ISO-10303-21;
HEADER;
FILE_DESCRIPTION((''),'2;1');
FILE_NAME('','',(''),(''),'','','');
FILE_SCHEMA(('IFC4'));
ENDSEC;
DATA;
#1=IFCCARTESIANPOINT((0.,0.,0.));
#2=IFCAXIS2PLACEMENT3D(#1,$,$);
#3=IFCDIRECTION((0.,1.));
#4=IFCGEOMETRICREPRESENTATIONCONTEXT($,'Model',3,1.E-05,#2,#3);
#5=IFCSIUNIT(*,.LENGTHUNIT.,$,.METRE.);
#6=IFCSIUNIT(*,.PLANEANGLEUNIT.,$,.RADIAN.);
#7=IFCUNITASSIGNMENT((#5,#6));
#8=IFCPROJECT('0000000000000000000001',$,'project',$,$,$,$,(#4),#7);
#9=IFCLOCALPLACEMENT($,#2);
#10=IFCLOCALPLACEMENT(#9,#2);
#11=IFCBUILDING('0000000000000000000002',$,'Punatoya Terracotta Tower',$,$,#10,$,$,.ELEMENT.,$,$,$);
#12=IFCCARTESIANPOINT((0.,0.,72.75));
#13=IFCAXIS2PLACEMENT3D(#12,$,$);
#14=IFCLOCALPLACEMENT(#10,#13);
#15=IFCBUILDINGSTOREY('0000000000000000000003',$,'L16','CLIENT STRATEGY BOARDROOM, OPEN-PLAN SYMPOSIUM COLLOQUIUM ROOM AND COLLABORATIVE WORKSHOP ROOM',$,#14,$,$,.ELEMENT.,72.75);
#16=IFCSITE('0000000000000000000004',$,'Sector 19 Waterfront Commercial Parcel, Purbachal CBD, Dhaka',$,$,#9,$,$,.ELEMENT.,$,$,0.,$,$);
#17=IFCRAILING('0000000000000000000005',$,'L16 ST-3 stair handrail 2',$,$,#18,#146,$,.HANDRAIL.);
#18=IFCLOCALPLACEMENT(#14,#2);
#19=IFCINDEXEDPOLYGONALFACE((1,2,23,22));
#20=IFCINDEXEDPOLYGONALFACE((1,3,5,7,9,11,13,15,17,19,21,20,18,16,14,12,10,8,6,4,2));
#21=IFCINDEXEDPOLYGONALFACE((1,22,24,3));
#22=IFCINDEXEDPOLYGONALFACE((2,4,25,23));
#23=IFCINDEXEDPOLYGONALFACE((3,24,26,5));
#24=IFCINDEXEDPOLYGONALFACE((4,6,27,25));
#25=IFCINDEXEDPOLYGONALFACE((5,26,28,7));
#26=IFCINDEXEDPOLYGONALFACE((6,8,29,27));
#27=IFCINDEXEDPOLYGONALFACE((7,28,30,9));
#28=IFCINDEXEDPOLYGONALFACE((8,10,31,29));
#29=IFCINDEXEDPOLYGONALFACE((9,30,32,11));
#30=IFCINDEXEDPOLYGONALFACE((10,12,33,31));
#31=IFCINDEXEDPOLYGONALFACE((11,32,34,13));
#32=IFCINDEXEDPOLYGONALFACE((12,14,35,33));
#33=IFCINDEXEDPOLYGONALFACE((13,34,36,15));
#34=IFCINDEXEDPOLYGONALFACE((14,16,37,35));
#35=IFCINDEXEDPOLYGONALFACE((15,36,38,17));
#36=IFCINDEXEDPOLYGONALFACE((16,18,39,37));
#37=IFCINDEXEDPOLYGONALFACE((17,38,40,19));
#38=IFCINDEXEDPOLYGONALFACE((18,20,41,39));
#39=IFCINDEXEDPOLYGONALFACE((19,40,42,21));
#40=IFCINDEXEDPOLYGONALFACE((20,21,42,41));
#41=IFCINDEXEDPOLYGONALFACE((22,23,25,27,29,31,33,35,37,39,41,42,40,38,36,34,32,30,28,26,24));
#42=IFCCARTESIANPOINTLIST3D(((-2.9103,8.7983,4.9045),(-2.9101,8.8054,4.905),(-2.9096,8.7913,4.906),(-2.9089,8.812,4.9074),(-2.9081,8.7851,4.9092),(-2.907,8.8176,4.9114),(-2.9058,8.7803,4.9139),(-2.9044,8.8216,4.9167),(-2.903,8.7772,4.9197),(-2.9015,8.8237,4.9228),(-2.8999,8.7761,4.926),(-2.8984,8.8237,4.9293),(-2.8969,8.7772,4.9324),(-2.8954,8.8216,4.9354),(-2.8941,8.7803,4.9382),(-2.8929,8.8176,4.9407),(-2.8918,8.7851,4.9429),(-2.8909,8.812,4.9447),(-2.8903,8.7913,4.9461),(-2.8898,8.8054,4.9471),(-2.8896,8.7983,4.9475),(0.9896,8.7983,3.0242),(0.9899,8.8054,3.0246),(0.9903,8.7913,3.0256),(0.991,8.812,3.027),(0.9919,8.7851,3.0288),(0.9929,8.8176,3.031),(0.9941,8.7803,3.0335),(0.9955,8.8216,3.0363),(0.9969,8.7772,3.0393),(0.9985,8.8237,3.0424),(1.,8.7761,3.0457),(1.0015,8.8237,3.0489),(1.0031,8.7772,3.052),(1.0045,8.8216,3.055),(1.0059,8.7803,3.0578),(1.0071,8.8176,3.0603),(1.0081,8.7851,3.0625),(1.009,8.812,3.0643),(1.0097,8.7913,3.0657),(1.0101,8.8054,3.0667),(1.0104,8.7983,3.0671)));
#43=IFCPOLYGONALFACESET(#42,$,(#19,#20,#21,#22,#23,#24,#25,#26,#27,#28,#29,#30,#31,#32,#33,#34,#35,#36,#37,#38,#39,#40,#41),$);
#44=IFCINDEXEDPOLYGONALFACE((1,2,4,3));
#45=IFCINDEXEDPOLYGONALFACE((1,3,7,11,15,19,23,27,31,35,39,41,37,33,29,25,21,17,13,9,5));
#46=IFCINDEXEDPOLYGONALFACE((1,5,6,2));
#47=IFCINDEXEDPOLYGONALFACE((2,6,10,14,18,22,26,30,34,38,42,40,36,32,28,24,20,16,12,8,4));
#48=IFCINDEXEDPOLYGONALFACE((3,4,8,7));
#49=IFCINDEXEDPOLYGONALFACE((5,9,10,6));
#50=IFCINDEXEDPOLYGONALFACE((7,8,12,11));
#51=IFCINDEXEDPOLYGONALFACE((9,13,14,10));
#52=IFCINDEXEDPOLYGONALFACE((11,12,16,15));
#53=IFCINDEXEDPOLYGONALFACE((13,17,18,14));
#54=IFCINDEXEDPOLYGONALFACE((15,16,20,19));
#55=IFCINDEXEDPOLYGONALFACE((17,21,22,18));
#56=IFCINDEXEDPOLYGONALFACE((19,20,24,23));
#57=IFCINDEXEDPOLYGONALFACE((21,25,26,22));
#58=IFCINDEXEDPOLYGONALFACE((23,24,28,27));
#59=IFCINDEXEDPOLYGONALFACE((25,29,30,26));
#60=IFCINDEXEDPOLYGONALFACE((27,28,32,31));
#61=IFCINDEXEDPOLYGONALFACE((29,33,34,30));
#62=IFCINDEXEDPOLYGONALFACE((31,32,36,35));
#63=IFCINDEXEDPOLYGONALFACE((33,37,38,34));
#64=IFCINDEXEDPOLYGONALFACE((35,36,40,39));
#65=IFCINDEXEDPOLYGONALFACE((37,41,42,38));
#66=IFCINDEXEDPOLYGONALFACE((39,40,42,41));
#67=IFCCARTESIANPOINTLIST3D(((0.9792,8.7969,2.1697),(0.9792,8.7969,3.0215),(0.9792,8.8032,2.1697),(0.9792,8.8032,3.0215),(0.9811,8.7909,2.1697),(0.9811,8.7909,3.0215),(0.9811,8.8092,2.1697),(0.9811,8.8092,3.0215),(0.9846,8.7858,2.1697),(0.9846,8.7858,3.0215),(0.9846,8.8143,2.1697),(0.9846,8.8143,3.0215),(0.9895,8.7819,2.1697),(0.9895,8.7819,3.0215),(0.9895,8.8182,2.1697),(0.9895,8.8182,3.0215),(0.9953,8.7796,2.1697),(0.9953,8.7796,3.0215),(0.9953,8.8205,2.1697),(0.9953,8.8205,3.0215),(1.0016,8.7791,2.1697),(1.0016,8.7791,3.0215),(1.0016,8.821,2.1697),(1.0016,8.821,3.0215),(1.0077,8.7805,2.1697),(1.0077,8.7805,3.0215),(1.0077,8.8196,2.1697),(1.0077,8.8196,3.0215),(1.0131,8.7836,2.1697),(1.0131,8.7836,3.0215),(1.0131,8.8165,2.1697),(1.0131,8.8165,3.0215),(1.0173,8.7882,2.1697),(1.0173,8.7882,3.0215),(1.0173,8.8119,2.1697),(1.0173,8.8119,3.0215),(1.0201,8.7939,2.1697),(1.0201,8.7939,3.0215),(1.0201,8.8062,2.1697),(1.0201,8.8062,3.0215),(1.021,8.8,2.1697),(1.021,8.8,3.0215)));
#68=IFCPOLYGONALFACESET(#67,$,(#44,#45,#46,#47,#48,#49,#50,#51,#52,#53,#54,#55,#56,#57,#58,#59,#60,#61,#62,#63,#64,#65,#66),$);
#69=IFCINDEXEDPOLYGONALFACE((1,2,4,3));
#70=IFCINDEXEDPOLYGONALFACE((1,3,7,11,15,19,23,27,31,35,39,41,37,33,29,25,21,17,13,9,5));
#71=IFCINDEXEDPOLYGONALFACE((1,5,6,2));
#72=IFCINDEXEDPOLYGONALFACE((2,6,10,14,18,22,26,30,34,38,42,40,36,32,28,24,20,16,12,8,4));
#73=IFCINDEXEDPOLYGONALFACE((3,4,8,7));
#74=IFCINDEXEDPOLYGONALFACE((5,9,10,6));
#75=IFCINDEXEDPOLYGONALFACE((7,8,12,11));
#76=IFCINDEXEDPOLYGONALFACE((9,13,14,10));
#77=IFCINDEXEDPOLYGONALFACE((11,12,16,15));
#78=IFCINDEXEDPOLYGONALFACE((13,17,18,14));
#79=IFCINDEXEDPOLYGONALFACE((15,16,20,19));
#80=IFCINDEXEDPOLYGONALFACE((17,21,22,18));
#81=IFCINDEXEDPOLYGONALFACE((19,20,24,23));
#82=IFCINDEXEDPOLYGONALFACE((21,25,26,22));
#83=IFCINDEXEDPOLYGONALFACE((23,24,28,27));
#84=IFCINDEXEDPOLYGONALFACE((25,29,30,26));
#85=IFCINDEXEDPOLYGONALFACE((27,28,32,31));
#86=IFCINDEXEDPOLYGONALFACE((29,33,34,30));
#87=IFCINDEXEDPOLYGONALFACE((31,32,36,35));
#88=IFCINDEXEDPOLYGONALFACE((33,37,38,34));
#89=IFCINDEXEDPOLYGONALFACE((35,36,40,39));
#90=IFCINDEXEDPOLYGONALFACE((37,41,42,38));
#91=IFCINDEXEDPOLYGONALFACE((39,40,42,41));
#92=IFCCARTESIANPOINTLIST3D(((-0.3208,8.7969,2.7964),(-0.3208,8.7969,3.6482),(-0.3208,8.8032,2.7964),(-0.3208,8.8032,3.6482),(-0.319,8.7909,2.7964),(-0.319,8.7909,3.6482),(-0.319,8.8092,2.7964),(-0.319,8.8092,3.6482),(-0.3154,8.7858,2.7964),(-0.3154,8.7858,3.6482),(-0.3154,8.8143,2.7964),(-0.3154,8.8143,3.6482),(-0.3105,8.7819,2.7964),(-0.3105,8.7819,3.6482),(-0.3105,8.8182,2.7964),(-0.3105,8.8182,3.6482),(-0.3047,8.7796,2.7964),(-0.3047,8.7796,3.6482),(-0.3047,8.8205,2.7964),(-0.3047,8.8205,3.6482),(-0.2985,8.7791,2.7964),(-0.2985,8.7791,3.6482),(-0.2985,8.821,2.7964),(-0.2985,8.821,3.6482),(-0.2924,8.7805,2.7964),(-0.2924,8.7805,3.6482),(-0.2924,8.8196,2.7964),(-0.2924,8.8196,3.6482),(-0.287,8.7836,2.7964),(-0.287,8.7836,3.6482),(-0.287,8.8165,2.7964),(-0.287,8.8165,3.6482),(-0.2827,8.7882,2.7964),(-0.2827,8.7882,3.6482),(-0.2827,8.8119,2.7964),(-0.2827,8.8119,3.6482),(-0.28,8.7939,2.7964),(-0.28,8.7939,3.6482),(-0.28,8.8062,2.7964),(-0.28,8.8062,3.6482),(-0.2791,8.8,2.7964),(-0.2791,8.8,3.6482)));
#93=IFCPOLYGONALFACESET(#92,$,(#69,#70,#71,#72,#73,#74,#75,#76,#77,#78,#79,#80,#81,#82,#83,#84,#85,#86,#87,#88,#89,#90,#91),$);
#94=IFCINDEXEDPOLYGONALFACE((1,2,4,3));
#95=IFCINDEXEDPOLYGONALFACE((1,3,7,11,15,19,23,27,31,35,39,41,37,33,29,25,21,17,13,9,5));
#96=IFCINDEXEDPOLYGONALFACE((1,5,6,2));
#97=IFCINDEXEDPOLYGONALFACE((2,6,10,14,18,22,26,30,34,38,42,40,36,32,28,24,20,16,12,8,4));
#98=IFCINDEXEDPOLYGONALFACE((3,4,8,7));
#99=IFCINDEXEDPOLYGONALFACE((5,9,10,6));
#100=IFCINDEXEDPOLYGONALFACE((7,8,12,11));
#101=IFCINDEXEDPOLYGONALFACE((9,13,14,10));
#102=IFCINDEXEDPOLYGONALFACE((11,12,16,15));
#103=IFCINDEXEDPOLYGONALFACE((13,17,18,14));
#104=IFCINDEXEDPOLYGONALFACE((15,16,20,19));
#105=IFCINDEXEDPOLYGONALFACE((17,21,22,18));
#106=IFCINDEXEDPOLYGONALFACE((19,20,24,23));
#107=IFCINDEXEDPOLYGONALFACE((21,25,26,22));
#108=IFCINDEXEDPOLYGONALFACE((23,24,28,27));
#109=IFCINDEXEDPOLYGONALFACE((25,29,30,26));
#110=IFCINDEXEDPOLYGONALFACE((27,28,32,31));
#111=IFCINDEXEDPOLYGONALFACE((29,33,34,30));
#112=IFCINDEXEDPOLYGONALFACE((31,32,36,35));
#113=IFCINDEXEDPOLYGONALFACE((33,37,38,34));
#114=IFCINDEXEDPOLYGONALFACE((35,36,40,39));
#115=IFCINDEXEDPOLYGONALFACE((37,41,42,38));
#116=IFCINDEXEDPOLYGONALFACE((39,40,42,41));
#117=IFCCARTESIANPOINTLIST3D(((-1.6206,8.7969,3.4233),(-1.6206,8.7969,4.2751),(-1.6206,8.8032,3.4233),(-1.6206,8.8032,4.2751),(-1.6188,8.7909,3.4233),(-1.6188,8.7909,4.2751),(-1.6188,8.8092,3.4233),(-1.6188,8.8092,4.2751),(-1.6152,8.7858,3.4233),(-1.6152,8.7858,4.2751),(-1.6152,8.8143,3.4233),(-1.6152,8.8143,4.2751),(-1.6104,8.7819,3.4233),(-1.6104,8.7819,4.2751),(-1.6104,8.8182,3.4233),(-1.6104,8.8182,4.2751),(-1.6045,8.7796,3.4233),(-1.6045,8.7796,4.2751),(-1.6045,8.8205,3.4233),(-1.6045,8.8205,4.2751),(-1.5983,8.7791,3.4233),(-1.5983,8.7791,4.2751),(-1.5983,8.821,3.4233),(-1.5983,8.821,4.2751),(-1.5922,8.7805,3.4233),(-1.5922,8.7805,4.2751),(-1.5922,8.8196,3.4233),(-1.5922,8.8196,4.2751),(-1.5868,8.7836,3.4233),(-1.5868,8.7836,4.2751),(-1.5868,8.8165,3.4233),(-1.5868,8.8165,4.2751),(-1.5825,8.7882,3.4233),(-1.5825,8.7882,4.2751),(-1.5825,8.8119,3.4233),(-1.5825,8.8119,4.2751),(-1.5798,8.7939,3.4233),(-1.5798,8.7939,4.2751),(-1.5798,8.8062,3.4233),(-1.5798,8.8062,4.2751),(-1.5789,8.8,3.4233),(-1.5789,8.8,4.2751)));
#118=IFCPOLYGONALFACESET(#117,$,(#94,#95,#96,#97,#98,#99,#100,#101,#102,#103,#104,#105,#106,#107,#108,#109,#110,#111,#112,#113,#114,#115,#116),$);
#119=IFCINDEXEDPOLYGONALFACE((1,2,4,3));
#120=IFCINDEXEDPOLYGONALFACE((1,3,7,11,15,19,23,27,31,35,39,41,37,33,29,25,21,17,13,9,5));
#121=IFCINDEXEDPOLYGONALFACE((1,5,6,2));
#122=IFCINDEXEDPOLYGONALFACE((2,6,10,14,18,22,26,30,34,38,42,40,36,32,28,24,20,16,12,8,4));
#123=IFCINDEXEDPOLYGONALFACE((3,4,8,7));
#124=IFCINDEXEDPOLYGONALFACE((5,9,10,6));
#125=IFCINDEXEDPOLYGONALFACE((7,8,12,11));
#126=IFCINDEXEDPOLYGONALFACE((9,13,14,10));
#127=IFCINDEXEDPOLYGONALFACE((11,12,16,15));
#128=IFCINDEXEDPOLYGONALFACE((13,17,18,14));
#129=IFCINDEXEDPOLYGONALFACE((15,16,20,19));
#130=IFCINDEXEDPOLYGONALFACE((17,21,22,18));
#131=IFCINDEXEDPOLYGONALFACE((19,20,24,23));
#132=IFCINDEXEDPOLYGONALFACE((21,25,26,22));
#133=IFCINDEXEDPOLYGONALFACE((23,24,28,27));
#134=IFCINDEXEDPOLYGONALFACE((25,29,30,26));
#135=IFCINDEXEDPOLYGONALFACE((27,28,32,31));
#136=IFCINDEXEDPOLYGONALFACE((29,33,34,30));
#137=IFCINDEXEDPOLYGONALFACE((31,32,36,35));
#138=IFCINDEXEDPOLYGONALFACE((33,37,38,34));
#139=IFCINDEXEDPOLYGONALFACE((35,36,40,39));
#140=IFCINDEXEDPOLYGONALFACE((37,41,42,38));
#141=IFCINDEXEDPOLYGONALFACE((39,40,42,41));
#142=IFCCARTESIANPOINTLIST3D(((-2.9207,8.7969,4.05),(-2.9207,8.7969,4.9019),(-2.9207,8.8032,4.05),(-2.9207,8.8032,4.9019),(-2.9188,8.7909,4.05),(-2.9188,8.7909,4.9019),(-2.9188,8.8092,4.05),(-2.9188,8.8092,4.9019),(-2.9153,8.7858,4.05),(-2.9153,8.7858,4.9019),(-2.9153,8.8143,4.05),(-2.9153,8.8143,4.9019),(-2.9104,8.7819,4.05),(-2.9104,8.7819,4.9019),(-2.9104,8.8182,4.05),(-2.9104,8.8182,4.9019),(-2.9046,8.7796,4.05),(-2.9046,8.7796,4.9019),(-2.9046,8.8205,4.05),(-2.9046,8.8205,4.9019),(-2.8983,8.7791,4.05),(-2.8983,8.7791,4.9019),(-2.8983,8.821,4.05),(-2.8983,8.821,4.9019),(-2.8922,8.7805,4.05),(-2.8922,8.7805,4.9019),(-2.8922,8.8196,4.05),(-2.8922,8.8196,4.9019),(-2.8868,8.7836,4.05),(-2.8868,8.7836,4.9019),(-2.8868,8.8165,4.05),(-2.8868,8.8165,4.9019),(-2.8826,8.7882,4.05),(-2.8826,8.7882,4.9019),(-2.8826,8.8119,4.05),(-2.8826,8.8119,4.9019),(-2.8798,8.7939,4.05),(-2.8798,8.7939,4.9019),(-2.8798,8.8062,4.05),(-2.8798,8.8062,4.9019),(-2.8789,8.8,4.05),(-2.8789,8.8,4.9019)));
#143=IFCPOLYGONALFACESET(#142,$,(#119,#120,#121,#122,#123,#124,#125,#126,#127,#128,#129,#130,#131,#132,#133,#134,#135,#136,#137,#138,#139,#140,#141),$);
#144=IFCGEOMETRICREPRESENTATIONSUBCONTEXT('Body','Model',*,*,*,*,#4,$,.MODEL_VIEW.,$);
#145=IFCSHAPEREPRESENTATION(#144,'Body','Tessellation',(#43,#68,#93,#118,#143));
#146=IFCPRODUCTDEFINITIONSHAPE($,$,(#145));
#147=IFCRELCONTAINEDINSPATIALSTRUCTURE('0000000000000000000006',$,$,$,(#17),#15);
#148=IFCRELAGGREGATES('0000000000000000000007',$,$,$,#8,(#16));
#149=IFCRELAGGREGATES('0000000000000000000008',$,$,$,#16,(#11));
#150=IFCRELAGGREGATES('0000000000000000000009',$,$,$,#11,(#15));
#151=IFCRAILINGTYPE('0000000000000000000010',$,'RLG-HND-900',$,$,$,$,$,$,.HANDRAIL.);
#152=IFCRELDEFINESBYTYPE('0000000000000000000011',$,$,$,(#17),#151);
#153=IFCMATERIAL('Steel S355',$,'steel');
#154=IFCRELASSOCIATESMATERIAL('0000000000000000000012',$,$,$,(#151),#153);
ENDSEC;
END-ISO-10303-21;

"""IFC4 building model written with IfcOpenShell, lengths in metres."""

from ifc_helpers import new_model, si_unit, direction, frame, origin, origin_2d, place, context, subcontext, project, spatial, circle, extrude, material, type_object, element, save


model = new_model("IFC4")

# Units and contexts
model_context = context("Model", 3, precision=1e-05, world=origin(), true_north=direction((0.0, 1.0)))
body_context = subcontext(model_context, "Body", "Model", "MODEL_VIEW")
ifc_project = project(units=[si_unit("LENGTHUNIT", "METRE"), si_unit("PLANEANGLEUNIT", "RADIAN")], contexts=[model_context])

# Site, building, storey
site_placement = place(None, origin())
site = spatial("IfcSite", under=ifc_project, at=site_placement, Name="Sector 19 Waterfront Commercial Parcel, Purbachal CBD, Dhaka", CompositionType="ELEMENT", RefElevation=0.0)
building_placement = place(site_placement, origin())
building = spatial("IfcBuilding", under=site, at=building_placement, Name="Punatoya Terracotta Tower", CompositionType="ELEMENT")
storey_placement = place(building_placement, frame((0.0, 0.0, 72.75)))
storey = spatial("IfcBuildingStorey", under=building, at=storey_placement, Name="L16", Description="CLIENT STRATEGY BOARDROOM, OPEN-PLAN SYMPOSIUM COLLOQUIUM ROOM AND COLLABORATIVE WORKSHOP ROOM", CompositionType="ELEMENT", Elevation=72.75)

# Shared definitions
ifc_material_1 = material(Name="Steel S355", Category="steel")

# Railing
railing_type_1 = type_object("IfcRailingType", Name="RLG-HND-900", PredefinedType="HANDRAIL", material=ifc_material_1)
railing_1_placement = place(storey_placement, frame((1.0, 8.8, 2.1697)))
element("IfcRailing", 1, at=railing_1_placement, inside=storey, type_object=railing_type_1, Name="L16 ST-3 stair handrail 2", PredefinedType="HANDRAIL", context=body_context, shape_type="SweptSolid", body=[
    extrude(circle(Radius=0.0239, at=origin_2d()), frame((0.0, 0.0, 0.876), z_axis=(-0.900763, 0.0, 0.434311), x_axis=(0.0, -1.0, 0.0)), (0.0, 0.0, 1.0), 4.3296),
    extrude(circle(Radius=0.021, at=origin_2d()), origin(), (0.0, 0.0, 1.0), 0.8518),
    extrude(circle(Radius=0.021, at=origin_2d()), frame((-1.3, 0.0, 0.6267)), (0.0, 0.0, 1.0), 0.8518),
    extrude(circle(Radius=0.021, at=origin_2d()), frame((-2.5999, 0.0, 1.2537)), (0.0, 0.0, 1.0), 0.8518),
    extrude(circle(Radius=0.021, at=origin_2d()), frame((-3.8999, 0.0, 1.8804)), (0.0, 0.0, 1.0), 0.8518),
])

save(model, "model.ifc")
